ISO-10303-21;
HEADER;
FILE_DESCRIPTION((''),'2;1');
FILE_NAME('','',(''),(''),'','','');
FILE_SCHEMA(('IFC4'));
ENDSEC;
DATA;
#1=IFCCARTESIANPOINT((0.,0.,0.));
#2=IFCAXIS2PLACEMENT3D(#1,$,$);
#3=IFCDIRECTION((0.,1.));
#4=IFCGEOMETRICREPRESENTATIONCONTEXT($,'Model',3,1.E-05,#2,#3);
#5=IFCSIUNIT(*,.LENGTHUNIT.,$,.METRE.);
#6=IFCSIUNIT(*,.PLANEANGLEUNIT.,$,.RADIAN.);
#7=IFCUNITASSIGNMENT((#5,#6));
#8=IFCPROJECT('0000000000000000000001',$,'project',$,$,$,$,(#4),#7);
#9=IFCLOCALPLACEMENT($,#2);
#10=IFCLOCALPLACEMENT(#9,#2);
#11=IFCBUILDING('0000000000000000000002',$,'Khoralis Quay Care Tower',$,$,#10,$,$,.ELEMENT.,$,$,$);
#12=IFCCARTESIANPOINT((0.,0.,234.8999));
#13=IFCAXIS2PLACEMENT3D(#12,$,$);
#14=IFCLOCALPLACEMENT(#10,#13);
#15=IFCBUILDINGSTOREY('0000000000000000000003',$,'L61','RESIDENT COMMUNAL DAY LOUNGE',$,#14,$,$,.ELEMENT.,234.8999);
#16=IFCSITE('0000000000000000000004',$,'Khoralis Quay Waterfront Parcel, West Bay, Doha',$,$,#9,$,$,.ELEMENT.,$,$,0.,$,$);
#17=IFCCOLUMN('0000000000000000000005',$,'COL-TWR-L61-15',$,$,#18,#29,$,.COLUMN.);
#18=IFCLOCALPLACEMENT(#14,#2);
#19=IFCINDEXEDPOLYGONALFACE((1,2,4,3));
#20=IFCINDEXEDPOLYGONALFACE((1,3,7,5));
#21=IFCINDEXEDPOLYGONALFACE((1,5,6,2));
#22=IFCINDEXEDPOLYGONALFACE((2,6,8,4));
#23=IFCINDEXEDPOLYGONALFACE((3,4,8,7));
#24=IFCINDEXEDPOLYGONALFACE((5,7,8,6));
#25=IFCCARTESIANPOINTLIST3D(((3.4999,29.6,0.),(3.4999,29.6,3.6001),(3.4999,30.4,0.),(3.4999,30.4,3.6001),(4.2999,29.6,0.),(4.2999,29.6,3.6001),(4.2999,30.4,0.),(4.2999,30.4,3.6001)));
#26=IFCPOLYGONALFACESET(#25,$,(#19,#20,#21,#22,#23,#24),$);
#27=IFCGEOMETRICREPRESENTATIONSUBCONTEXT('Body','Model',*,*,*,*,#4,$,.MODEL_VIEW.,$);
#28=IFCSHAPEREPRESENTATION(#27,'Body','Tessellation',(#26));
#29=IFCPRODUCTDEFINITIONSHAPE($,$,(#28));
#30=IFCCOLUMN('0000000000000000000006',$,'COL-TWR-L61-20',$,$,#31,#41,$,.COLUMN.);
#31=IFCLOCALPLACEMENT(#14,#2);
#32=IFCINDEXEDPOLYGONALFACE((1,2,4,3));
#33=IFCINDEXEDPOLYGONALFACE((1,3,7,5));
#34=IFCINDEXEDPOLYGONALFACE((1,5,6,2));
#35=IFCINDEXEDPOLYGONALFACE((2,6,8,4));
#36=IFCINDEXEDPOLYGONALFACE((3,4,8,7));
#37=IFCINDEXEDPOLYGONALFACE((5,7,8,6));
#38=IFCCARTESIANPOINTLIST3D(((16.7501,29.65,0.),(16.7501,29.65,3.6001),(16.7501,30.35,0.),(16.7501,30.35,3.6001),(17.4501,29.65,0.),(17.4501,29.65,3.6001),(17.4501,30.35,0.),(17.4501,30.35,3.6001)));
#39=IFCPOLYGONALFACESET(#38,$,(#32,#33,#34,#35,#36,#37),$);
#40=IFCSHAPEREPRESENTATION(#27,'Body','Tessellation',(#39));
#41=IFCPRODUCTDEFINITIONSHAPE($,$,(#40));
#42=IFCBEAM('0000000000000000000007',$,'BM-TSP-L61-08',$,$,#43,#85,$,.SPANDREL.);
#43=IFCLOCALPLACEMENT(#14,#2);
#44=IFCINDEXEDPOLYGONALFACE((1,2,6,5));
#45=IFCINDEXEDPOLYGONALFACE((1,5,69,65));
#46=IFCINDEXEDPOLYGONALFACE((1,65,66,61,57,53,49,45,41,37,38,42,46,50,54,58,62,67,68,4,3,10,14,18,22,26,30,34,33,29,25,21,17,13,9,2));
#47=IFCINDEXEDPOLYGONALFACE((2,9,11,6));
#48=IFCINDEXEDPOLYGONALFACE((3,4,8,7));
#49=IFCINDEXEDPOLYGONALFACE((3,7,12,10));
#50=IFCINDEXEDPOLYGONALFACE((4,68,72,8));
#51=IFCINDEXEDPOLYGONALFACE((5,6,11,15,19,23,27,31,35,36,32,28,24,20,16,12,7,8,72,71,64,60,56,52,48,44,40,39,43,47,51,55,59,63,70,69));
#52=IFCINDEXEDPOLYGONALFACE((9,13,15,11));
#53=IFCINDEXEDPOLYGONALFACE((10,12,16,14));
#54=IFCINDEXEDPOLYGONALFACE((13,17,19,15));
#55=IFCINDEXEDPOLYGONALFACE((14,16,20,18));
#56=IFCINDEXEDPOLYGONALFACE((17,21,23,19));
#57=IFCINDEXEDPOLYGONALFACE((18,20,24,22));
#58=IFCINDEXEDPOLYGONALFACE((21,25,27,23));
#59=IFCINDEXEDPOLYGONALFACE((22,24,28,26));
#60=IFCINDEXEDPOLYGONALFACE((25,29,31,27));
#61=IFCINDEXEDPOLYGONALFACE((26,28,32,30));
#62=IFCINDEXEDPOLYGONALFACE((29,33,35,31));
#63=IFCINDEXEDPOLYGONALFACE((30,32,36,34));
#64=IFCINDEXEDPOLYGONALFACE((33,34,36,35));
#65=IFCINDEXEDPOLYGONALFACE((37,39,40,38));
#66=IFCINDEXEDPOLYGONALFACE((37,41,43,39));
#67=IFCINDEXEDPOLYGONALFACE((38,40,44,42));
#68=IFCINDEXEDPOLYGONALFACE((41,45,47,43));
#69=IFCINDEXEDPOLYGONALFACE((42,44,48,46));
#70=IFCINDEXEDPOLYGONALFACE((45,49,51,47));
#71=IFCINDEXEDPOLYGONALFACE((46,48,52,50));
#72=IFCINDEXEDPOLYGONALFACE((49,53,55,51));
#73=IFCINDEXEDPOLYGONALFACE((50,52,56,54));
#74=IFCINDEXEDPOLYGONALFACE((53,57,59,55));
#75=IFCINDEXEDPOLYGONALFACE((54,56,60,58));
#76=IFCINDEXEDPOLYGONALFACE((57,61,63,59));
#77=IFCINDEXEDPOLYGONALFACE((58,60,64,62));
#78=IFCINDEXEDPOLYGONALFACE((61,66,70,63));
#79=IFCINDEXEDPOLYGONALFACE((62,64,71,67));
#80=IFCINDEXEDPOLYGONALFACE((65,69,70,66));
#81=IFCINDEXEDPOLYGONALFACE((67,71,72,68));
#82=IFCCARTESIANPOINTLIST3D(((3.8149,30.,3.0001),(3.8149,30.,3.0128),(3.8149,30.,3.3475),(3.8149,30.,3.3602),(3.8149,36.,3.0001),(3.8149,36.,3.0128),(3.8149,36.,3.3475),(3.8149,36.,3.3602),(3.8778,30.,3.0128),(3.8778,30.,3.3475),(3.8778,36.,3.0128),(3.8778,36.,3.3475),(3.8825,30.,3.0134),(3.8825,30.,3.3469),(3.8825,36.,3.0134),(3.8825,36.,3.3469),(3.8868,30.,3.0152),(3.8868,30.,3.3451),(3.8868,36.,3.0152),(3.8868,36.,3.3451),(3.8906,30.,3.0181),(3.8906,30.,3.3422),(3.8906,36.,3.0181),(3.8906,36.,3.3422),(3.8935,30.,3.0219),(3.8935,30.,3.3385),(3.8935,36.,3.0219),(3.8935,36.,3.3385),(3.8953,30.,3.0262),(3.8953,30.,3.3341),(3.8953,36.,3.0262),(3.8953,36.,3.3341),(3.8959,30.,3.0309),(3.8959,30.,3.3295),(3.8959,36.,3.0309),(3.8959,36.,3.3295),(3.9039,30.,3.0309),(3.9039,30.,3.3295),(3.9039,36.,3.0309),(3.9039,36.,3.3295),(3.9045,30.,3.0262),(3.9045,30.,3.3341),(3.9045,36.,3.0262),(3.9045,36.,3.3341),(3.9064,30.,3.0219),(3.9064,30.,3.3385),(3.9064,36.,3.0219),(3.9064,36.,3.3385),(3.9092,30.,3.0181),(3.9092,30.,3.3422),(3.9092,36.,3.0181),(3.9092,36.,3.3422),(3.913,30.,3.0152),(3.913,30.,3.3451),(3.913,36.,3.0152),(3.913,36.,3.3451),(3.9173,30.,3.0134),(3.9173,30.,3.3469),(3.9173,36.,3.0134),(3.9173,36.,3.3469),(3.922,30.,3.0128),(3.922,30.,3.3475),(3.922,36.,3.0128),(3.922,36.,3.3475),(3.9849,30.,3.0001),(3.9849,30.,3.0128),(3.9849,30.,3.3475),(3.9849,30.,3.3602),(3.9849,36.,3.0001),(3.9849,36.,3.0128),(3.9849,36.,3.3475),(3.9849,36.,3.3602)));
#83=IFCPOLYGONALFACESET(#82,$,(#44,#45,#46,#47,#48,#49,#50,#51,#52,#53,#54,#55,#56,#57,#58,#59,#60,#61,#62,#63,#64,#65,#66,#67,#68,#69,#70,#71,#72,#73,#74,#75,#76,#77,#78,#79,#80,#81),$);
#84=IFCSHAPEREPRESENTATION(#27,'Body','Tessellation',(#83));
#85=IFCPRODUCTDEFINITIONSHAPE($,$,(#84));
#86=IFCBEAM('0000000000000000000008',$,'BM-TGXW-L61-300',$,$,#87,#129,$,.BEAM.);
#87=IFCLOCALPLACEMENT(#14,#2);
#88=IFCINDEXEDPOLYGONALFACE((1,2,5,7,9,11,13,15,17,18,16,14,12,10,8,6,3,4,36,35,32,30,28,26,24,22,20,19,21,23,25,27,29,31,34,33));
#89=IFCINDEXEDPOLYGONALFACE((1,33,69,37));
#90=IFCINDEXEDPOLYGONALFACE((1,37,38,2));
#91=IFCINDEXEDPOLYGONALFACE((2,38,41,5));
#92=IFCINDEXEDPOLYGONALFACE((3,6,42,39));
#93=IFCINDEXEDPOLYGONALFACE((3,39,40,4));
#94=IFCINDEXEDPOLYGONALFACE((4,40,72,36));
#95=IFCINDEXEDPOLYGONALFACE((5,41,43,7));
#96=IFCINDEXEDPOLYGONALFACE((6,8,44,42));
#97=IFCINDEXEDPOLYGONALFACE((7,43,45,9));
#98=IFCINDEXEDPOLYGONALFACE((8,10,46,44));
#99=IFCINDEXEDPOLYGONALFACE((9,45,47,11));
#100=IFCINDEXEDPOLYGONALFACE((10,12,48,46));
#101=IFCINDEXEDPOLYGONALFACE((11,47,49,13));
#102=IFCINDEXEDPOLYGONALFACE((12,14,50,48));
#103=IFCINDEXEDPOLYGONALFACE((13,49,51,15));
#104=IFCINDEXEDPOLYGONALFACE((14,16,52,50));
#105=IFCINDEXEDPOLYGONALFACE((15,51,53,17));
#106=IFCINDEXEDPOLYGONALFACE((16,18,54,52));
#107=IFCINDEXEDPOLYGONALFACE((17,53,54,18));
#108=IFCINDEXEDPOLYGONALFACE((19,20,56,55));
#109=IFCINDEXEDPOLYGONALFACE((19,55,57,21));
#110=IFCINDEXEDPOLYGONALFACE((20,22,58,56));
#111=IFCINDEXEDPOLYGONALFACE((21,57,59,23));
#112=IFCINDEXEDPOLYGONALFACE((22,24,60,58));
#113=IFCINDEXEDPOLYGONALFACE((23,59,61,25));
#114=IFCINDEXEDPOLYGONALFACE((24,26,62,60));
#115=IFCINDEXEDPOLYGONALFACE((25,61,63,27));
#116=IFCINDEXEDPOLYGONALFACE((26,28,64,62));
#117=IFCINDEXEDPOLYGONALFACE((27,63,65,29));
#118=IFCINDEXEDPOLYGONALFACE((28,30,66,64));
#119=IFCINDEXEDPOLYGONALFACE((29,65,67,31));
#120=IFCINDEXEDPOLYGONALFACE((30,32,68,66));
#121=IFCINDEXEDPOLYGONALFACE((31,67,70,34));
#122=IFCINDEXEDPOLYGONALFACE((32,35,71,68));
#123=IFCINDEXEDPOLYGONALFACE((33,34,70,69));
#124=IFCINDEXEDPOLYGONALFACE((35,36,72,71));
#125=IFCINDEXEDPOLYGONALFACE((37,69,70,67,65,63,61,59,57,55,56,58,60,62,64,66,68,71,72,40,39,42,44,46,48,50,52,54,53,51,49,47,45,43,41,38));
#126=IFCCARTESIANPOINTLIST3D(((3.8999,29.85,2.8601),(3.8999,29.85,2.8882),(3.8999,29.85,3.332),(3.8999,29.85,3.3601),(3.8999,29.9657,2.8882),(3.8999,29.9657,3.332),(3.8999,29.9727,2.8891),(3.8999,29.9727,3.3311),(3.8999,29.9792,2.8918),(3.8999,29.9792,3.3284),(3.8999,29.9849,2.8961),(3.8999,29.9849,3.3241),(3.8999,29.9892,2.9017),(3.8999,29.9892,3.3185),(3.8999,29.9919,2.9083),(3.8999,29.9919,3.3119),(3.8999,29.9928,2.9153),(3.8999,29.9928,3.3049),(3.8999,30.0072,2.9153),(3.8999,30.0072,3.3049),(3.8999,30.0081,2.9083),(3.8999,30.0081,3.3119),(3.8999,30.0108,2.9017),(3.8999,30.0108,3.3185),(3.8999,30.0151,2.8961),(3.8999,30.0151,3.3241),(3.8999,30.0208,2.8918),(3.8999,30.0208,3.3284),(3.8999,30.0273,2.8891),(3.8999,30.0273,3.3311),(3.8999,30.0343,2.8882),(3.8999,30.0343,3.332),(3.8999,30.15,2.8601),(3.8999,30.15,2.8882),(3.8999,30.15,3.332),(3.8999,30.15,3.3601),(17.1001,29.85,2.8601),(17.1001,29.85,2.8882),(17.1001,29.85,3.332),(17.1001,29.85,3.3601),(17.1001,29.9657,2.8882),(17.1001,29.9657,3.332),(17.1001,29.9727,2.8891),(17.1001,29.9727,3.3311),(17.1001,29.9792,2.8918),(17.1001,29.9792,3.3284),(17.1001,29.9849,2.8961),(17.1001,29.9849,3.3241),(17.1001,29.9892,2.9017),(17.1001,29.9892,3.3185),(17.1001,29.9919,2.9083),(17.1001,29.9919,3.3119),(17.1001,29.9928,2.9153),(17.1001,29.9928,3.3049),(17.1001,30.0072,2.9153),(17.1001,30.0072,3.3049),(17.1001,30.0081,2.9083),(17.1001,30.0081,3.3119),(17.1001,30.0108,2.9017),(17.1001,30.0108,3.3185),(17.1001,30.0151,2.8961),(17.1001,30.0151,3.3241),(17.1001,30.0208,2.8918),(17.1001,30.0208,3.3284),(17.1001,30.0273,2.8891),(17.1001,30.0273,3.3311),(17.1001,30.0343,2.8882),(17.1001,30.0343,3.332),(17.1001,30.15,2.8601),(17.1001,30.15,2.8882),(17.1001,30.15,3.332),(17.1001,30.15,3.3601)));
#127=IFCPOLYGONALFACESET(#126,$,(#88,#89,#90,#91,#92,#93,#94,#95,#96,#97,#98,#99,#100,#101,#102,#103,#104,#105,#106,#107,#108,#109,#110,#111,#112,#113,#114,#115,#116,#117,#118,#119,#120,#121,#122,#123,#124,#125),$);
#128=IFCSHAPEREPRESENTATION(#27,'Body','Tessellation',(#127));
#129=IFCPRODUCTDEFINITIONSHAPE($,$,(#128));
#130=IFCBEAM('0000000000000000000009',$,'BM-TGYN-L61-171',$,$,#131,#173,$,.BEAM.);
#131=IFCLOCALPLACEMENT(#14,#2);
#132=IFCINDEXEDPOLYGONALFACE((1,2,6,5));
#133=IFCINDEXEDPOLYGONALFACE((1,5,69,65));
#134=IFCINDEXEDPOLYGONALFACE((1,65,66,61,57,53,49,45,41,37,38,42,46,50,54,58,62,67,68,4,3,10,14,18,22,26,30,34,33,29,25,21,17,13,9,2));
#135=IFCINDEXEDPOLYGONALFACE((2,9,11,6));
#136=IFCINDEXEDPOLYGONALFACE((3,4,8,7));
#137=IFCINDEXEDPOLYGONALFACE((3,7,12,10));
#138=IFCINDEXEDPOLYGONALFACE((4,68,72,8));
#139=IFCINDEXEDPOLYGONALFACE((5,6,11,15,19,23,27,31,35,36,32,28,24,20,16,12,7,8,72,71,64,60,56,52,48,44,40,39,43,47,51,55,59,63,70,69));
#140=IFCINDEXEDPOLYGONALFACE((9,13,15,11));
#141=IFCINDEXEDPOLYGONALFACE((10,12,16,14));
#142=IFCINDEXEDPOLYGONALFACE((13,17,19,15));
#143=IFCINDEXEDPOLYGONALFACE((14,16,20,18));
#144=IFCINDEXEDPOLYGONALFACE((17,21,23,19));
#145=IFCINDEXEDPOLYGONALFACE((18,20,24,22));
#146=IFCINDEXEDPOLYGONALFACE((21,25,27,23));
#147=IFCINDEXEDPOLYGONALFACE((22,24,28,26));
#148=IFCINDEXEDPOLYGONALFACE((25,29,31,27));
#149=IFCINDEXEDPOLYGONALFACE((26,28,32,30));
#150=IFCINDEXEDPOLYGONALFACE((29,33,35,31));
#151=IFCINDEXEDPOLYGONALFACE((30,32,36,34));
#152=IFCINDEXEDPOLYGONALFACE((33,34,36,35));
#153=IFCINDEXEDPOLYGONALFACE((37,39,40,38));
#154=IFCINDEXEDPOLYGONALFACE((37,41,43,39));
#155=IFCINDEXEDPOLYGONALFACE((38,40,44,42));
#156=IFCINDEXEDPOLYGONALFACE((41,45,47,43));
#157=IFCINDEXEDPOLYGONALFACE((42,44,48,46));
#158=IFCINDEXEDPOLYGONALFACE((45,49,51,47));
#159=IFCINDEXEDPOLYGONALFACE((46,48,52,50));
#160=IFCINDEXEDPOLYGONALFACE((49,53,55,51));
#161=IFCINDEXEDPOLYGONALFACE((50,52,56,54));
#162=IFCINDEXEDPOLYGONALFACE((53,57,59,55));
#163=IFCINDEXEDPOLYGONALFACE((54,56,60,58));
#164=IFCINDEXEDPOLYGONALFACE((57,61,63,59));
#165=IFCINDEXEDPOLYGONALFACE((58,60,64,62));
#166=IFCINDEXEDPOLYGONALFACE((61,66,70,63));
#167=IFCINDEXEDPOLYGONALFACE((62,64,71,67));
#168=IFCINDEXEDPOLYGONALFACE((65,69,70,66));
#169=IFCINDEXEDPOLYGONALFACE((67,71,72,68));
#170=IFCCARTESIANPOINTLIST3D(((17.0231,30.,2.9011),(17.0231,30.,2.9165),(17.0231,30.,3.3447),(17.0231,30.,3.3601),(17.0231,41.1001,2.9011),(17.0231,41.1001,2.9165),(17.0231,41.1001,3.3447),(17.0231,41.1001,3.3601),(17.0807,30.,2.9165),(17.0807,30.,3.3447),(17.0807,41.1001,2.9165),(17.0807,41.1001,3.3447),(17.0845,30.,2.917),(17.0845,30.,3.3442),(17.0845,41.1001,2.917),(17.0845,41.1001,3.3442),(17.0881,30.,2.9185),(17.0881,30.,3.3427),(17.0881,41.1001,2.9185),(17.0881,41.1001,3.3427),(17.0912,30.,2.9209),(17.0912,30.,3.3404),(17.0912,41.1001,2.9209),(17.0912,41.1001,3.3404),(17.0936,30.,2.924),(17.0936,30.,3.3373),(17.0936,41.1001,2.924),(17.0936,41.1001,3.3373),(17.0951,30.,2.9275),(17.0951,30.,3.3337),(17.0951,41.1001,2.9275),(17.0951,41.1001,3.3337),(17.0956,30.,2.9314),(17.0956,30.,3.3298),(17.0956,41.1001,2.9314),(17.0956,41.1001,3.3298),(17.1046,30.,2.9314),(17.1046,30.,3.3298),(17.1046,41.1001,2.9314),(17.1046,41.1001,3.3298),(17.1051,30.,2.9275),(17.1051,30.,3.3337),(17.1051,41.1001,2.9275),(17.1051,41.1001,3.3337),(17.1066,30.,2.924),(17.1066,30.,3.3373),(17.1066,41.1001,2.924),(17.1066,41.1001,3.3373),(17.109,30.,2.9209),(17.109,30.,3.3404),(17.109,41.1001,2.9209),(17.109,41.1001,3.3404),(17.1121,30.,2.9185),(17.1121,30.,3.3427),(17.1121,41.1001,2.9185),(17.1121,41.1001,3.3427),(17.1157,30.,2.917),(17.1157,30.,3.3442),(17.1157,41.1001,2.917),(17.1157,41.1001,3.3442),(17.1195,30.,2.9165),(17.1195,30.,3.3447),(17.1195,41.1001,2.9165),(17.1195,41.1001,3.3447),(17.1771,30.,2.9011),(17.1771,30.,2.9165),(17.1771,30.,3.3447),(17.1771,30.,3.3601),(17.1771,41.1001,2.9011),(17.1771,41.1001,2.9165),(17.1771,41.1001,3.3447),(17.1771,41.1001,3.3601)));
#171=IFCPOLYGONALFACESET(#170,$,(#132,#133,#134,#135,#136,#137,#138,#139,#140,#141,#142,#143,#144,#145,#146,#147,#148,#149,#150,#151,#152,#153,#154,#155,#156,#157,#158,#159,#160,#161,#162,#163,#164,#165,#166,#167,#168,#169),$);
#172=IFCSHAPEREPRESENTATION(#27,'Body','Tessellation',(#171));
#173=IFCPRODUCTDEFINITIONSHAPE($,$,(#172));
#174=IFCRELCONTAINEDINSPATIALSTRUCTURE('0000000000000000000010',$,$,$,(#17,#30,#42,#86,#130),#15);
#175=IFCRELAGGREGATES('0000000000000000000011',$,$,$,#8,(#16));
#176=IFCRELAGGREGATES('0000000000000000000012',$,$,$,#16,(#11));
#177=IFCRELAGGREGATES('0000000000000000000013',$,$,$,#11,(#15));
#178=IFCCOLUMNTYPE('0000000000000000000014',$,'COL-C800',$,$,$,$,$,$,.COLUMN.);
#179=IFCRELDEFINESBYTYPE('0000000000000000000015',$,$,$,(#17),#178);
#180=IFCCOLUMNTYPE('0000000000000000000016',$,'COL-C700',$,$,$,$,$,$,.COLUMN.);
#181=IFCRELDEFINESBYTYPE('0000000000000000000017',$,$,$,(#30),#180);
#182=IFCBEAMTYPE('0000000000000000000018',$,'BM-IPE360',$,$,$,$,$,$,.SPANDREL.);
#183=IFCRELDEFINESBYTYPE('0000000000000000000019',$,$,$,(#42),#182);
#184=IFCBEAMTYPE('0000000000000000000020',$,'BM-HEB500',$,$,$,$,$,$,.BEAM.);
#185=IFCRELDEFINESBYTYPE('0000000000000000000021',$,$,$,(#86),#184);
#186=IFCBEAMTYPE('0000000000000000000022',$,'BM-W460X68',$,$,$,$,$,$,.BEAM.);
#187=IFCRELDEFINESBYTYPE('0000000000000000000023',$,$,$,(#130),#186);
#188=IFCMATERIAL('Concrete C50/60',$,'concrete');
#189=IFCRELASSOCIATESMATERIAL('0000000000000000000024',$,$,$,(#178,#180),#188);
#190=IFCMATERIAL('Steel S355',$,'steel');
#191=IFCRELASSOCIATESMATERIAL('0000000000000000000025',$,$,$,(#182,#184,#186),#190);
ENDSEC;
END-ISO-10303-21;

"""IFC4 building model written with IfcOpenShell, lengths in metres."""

from ifc_helpers import new_model, si_unit, direction, frame, origin, origin_2d, place, context, subcontext, project, spatial, rectangle, i_section, extrude, source, transform, mapped, material, material_profile, profile_set, type_object, element, save


model = new_model("IFC4")

# Units and contexts
model_context = context("Model", 3, precision=1e-05, world=origin(), true_north=direction((0.0, 1.0)))
body_context = subcontext(model_context, "Body", "Model", "MODEL_VIEW")
ifc_project = project(units=[si_unit("LENGTHUNIT", "METRE"), si_unit("PLANEANGLEUNIT", "RADIAN")], contexts=[model_context])

# Site, building, storey
site_placement = place(None, origin())
site = spatial("IfcSite", under=ifc_project, at=site_placement, Name="Khoralis Quay Waterfront Parcel, West Bay, Doha", CompositionType="ELEMENT", RefElevation=0.0)
building_placement = place(site_placement, origin())
building = spatial("IfcBuilding", under=site, at=building_placement, Name="Khoralis Quay Care Tower", CompositionType="ELEMENT")
storey_placement = place(building_placement, frame((0.0, 0.0, 234.8999)))
storey = spatial("IfcBuildingStorey", under=building, at=storey_placement, Name="L61", Description="RESIDENT COMMUNAL DAY LOUNGE", CompositionType="ELEMENT", Elevation=234.8999)

# Columns
ifc_material_1 = material(Name="Concrete C50/60", Category="concrete")
ifc_material_profile_1 = material_profile(ifc_material_1, rectangle(XDim=0.8, YDim=0.8, at=origin_2d()), Name="Concrete C50/60")
ifc_profile_set_1 = profile_set([ifc_material_profile_1], Name="Concrete C50/60")
column_type_1 = type_object("IfcColumnType", Name="COL-C800", PredefinedType="COLUMN", material=ifc_profile_set_1)
shared_shape_1 = source(origin(), body_context, "Body", "SweptSolid", [
    extrude(rectangle(XDim=0.8, YDim=0.8, at=origin_2d()), origin(), (0.0, 0.0, 1.0), 3.6001),
])
column_1_placement = place(storey_placement, frame((3.8999, 30.0, 0.0), z_axis=(0.0, 0.0, 1.0), x_axis=(1.0, 0.0, 0.0)))
element("IfcColumn", 1, at=column_1_placement, inside=storey, type_object=column_type_1, Name="COL-TWR-L61-15", PredefinedType="COLUMN", context=body_context, shape_type="MappedRepresentation", body=[
    mapped(shared_shape_1, transform((0.0, 0.0, 0.0), scale=1.0)),
])
ifc_material_profile_2 = material_profile(ifc_material_1, rectangle(XDim=0.7, YDim=0.7, at=origin_2d()), Name="Concrete C50/60")
ifc_profile_set_2 = profile_set([ifc_material_profile_2], Name="Concrete C50/60")
column_type_2 = type_object("IfcColumnType", Name="COL-C700", PredefinedType="COLUMN", material=ifc_profile_set_2)
shared_shape_2 = source(origin(), body_context, "Body", "SweptSolid", [
    extrude(rectangle(XDim=0.7, YDim=0.7, at=origin_2d()), origin(), (0.0, 0.0, 1.0), 3.6001),
])
column_2_placement = place(storey_placement, frame((17.1001, 30.0, 0.0), z_axis=(0.0, 0.0, 1.0), x_axis=(1.0, 0.0, 0.0)))
element("IfcColumn", 2, at=column_2_placement, inside=storey, type_object=column_type_2, Name="COL-TWR-L61-20", PredefinedType="COLUMN", context=body_context, shape_type="MappedRepresentation", body=[
    mapped(shared_shape_2, transform((0.0, 0.0, 0.0), scale=1.0)),
])

# Beams
ifc_material_2 = material(Name="Steel S355", Category="steel")
ifc_material_profile_3 = material_profile(ifc_material_2, i_section(OverallWidth=0.1699, OverallDepth=0.3601, WebThickness=0.0081, FlangeThickness=0.0127, FilletRadius=0.0181, at=origin_2d()), Name="Steel S355")
ifc_profile_set_3 = profile_set([ifc_material_profile_3], Name="Steel S355")
beam_type_1 = type_object("IfcBeamType", Name="BM-IPE360", PredefinedType="SPANDREL", material=ifc_profile_set_3)
shared_shape_3 = source(origin(), body_context, "Body", "SweptSolid", [
    extrude(i_section(OverallWidth=0.1699, OverallDepth=0.3601, WebThickness=0.0081, FlangeThickness=0.0127, FilletRadius=0.0181, at=origin_2d()), origin(), (0.0, 0.0, 1.0), 6.0),
])
beam_1_placement = place(storey_placement, frame((3.8999, 30.0, 3.1802), z_axis=(0.0, 1.0, 0.0), x_axis=(-1.0, 0.0, 0.0)))
element("IfcBeam", 3, at=beam_1_placement, inside=storey, type_object=beam_type_1, Name="BM-TSP-L61-08", PredefinedType="SPANDREL", context=body_context, shape_type="MappedRepresentation", body=[
    mapped(shared_shape_3, transform((0.0, 0.0, 0.0), scale=1.0)),
])
ifc_material_profile_4 = material_profile(ifc_material_2, i_section(OverallWidth=0.3, OverallDepth=0.5, WebThickness=0.0144, FlangeThickness=0.0281, FilletRadius=0.0271, at=origin_2d()), Name="Steel S355")
ifc_profile_set_4 = profile_set([ifc_material_profile_4], Name="Steel S355")
beam_type_2 = type_object("IfcBeamType", Name="BM-HEB500", PredefinedType="BEAM", material=ifc_profile_set_4)
shared_shape_4 = source(origin(), body_context, "Body", "SweptSolid", [
    extrude(i_section(OverallWidth=0.3, OverallDepth=0.5, WebThickness=0.0144, FlangeThickness=0.0281, FilletRadius=0.0271, at=origin_2d()), origin(), (0.0, 0.0, 1.0), 13.2002),
])
beam_2_placement = place(storey_placement, frame((3.8999, 30.0, 3.1101), z_axis=(1.0, 0.0, 0.0), x_axis=(0.0, 1.0, 0.0)))
element("IfcBeam", 4, at=beam_2_placement, inside=storey, type_object=beam_type_2, Name="BM-TGXW-L61-300", PredefinedType="BEAM", context=body_context, shape_type="MappedRepresentation", body=[
    mapped(shared_shape_4, transform((0.0, 0.0, 0.0), scale=1.0)),
])
ifc_material_profile_5 = material_profile(ifc_material_2, i_section(OverallWidth=0.1541, OverallDepth=0.459, WebThickness=0.009, FlangeThickness=0.0154, FilletRadius=0.0149, at=origin_2d()), Name="Steel S355")
ifc_profile_set_5 = profile_set([ifc_material_profile_5], Name="Steel S355")
beam_type_3 = type_object("IfcBeamType", Name="BM-W460X68", PredefinedType="BEAM", material=ifc_profile_set_5)
shared_shape_5 = source(origin(), body_context, "Body", "SweptSolid", [
    extrude(i_section(OverallWidth=0.1541, OverallDepth=0.459, WebThickness=0.009, FlangeThickness=0.0154, FilletRadius=0.0149, at=origin_2d()), origin(), (0.0, 0.0, 1.0), 11.1001),
])
beam_3_placement = place(storey_placement, frame((17.1001, 30.0, 3.1306), z_axis=(0.0, 1.0, 0.0), x_axis=(-1.0, 0.0, 0.0)))
element("IfcBeam", 5, at=beam_3_placement, inside=storey, type_object=beam_type_3, Name="BM-TGYN-L61-171", PredefinedType="BEAM", context=body_context, shape_type="MappedRepresentation", body=[
    mapped(shared_shape_5, transform((0.0, 0.0, 0.0), scale=1.0)),
])

save(model, "model.ifc")
